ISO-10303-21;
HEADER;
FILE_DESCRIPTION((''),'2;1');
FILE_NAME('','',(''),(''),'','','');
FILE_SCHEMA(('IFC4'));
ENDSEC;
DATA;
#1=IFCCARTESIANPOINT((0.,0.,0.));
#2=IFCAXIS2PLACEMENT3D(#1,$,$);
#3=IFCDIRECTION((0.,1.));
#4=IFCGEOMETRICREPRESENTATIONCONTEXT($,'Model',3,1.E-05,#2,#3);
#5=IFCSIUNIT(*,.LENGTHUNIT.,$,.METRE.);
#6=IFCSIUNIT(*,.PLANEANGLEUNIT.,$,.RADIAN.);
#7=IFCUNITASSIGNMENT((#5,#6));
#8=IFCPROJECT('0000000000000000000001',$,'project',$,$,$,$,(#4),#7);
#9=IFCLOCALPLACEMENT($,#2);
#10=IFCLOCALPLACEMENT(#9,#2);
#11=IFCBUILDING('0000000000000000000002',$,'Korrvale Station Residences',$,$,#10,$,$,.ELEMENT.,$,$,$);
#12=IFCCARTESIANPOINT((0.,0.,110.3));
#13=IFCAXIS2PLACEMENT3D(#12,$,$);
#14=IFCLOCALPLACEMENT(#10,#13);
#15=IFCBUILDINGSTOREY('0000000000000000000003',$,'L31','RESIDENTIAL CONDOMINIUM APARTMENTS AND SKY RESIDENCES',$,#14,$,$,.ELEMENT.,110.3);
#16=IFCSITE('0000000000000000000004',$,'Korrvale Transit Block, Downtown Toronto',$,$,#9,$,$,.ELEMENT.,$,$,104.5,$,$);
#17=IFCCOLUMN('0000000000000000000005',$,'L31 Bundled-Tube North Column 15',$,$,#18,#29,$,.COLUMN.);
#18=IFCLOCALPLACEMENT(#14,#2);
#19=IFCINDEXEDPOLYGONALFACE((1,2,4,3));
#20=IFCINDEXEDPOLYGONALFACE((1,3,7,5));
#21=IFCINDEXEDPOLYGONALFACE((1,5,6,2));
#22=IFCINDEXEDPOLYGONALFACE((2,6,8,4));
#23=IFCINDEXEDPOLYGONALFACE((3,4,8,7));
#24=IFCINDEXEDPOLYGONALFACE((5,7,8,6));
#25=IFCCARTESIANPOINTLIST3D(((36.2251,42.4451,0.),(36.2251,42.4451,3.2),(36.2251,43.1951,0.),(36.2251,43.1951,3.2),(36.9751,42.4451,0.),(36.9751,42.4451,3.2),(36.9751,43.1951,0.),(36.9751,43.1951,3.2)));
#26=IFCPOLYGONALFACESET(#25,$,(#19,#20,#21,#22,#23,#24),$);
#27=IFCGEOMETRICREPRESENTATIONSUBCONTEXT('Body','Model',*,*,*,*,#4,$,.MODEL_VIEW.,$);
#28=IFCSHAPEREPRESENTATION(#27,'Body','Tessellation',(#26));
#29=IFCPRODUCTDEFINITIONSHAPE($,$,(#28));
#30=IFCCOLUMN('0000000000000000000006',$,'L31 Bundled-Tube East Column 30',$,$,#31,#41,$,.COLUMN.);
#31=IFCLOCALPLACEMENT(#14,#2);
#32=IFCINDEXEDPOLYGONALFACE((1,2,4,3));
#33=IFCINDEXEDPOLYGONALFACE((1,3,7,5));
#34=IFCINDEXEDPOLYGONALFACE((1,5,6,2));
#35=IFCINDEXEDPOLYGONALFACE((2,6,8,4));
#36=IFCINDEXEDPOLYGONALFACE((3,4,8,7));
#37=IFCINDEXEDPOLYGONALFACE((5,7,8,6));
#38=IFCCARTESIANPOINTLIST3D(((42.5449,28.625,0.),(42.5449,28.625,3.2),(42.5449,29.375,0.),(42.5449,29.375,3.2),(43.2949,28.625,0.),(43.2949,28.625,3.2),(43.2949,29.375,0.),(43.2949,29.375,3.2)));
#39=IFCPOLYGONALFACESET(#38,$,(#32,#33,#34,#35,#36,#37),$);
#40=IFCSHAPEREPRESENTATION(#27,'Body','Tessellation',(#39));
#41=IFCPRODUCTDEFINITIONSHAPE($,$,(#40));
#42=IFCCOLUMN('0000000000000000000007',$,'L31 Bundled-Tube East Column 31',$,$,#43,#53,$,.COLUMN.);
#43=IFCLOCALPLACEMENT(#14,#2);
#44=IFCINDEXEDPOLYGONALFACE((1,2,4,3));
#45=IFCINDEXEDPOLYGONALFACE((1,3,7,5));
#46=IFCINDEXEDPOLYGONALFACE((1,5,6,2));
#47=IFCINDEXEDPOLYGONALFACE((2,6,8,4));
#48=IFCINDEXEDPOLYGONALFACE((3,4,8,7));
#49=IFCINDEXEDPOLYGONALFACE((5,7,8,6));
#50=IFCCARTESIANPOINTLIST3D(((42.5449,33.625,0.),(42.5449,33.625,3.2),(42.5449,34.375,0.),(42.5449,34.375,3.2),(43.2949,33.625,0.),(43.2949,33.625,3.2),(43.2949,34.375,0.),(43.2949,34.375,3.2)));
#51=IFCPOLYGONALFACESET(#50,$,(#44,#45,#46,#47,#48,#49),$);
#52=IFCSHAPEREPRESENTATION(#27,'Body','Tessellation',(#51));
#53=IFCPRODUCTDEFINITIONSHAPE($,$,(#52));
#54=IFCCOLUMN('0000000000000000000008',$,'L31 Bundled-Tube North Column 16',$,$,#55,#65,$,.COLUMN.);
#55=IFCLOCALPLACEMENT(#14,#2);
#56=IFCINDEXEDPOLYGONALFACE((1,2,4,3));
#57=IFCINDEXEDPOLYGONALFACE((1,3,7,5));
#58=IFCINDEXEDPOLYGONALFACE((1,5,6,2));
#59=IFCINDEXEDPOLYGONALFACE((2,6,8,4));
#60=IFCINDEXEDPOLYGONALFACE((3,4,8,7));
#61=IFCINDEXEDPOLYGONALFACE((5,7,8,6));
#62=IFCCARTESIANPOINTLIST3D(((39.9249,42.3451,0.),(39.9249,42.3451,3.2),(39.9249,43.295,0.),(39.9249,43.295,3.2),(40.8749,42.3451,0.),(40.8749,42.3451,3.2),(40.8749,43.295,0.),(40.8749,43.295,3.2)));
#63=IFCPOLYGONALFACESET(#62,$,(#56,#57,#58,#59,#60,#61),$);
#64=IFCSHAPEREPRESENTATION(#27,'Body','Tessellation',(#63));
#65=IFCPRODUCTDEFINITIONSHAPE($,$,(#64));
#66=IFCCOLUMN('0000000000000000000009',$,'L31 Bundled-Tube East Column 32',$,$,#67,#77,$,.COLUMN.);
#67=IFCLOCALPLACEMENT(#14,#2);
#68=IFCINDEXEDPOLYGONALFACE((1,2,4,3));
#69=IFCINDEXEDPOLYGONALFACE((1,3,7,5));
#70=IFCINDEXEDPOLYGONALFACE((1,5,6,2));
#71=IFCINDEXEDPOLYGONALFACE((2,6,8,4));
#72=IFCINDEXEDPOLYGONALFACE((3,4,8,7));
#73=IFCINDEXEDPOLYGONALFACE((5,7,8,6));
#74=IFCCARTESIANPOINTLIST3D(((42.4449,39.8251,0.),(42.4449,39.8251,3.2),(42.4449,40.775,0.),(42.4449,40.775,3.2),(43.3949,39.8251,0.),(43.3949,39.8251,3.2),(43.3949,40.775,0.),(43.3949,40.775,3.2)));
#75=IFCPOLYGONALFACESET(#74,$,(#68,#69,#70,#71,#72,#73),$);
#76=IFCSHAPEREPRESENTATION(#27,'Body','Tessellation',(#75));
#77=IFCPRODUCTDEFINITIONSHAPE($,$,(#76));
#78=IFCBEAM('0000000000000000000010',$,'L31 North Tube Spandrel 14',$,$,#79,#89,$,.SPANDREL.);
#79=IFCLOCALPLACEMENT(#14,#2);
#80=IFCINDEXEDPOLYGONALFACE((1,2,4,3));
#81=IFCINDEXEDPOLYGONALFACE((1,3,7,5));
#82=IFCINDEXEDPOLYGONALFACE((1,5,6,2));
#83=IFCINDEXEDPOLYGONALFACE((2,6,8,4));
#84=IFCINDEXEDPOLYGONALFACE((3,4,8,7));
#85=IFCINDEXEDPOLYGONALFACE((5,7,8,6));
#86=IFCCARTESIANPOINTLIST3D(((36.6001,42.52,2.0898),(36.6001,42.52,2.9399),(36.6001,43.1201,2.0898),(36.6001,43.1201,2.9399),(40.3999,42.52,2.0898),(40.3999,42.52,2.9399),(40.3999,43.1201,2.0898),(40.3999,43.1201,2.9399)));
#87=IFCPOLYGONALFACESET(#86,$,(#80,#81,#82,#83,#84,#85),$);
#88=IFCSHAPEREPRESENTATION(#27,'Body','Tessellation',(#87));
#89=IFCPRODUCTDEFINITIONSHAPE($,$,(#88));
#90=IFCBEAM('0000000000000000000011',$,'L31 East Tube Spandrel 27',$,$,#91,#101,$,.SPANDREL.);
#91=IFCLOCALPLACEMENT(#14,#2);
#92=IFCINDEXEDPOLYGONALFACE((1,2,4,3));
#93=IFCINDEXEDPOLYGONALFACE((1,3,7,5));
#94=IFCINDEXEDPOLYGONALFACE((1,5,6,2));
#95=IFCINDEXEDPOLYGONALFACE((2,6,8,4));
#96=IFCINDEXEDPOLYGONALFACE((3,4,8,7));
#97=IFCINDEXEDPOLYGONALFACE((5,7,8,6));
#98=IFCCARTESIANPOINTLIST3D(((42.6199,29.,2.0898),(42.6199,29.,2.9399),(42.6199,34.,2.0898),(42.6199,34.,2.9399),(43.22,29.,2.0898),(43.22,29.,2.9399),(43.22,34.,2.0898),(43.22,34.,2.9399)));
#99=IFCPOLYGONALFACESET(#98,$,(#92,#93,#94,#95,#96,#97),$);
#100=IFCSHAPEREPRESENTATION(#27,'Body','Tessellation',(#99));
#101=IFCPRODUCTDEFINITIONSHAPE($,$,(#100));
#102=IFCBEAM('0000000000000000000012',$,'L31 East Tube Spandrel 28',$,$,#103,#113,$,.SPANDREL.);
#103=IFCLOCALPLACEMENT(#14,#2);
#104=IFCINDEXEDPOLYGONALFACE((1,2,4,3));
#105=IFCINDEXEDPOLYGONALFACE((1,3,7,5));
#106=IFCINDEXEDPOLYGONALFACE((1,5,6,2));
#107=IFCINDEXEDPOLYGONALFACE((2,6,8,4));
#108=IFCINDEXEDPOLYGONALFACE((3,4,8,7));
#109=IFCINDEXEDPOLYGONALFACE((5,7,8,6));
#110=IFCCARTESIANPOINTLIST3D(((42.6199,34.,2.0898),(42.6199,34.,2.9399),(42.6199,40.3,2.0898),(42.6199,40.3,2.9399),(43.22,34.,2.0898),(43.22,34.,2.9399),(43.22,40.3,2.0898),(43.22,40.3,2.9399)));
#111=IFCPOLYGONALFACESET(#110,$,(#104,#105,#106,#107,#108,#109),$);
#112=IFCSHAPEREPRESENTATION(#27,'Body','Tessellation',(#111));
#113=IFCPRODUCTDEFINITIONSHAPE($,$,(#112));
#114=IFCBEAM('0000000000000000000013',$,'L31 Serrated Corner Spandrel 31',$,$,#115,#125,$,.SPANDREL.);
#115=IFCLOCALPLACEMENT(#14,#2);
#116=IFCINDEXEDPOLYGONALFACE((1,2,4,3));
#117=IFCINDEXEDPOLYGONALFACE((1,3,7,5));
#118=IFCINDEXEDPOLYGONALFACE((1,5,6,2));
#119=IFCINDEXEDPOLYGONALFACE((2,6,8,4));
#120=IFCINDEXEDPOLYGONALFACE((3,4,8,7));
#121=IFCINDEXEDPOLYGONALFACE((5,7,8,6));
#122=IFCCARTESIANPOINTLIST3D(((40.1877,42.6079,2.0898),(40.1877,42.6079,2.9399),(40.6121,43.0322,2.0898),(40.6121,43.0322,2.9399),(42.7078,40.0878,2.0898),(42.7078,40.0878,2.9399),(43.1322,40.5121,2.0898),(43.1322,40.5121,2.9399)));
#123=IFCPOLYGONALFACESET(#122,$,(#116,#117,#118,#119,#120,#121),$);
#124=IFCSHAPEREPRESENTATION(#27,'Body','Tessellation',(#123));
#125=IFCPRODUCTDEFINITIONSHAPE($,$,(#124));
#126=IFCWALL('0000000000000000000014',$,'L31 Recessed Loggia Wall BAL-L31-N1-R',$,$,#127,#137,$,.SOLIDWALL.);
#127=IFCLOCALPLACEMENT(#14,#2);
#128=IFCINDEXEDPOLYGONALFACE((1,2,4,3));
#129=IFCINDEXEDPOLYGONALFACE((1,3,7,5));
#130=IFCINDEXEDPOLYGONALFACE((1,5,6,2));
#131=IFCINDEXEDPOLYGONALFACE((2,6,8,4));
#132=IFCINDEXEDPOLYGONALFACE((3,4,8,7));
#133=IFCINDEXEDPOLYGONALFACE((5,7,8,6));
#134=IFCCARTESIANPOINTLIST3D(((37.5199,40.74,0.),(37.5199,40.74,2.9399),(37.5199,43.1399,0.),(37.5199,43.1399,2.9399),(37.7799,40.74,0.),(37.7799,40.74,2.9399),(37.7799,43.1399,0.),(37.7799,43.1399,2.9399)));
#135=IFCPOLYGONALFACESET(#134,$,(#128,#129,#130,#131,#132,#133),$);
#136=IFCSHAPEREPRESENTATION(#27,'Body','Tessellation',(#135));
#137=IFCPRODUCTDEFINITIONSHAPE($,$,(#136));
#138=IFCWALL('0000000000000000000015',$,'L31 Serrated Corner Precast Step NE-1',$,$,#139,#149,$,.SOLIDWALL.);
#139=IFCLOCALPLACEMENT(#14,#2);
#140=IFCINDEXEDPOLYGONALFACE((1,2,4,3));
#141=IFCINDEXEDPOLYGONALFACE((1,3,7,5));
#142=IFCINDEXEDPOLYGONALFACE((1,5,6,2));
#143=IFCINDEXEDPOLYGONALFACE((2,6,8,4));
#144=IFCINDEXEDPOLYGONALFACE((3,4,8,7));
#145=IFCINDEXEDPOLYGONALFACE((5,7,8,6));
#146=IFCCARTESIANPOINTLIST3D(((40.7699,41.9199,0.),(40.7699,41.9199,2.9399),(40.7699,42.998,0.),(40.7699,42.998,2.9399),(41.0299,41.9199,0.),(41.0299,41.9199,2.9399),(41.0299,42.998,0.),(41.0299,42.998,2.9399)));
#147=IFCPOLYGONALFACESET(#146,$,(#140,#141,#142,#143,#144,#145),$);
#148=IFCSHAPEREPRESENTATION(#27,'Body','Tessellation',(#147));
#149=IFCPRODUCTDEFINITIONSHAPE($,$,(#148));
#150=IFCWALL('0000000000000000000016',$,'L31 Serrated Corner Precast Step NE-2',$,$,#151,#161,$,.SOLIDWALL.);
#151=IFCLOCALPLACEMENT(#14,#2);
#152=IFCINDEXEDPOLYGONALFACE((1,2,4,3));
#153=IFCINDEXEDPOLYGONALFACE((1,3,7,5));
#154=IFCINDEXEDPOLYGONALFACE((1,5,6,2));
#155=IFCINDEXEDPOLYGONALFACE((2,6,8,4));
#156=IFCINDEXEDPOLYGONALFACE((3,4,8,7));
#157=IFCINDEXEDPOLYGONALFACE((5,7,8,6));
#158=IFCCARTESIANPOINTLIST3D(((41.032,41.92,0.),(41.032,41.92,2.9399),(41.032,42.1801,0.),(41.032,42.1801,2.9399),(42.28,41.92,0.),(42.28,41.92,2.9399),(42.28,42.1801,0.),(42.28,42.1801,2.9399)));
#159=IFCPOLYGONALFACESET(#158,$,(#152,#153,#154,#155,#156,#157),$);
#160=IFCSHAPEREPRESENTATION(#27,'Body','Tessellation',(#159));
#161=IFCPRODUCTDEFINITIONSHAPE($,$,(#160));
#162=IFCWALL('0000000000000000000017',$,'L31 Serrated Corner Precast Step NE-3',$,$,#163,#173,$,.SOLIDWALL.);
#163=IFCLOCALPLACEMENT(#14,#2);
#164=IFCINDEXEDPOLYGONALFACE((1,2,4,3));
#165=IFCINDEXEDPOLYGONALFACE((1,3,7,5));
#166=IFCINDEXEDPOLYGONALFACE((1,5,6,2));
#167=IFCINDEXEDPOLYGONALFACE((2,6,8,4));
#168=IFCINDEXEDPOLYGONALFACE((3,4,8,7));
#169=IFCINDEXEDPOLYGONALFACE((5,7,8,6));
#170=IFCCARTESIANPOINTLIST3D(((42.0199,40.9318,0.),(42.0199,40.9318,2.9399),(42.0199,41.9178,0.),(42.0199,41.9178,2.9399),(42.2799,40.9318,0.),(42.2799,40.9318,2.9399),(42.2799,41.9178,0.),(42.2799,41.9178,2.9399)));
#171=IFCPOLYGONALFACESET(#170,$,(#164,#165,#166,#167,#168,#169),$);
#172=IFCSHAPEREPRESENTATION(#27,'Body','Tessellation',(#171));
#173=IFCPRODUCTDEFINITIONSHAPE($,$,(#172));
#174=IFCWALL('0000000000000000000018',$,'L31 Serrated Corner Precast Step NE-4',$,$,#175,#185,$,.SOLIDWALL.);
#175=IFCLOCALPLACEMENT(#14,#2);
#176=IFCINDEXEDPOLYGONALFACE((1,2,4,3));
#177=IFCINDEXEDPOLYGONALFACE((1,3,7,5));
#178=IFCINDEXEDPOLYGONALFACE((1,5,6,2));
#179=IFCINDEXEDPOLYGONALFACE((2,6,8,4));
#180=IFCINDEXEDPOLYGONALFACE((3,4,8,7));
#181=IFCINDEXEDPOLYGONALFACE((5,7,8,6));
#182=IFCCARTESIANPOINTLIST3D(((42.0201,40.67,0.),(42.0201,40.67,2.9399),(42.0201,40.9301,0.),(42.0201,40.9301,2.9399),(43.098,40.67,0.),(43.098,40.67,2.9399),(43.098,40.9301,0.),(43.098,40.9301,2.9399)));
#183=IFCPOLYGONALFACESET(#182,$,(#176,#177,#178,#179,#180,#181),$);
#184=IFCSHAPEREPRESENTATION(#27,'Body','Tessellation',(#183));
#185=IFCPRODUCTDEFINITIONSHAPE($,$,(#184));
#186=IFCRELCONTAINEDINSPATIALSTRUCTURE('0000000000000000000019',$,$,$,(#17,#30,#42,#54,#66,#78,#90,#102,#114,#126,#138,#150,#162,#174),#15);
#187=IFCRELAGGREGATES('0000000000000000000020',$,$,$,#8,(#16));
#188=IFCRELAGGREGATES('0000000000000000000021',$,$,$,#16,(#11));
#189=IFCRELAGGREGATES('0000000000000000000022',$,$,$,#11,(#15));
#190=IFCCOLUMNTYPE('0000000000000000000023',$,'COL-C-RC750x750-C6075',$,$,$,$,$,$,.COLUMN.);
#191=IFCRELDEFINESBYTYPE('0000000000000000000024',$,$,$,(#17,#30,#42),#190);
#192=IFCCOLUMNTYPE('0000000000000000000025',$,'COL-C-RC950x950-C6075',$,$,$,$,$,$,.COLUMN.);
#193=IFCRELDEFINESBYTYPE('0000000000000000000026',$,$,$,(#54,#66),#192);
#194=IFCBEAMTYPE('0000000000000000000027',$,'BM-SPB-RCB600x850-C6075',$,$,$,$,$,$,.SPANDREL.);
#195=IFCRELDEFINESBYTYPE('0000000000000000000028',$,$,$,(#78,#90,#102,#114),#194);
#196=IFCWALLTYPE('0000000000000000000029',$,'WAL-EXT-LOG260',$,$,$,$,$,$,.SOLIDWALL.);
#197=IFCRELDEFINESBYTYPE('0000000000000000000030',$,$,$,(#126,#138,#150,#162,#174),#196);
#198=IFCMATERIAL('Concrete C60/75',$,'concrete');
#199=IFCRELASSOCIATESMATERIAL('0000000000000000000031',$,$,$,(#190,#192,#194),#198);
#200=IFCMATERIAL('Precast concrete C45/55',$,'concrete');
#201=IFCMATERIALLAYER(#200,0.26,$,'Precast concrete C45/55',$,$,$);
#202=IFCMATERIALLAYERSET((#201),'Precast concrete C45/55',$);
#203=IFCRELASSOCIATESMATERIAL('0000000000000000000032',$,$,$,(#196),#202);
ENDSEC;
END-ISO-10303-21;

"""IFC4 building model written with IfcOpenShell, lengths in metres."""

from ifc_helpers import new_model, si_unit, direction, frame, frame_2d, origin, origin_2d, place, context, subcontext, project, spatial, rectangle, extrude, material, layer, layer_set, material_profile, profile_set, type_object, element, save


model = new_model("IFC4")

# Units and contexts
model_context = context("Model", 3, precision=1e-05, world=origin(), true_north=direction((0.0, 1.0)))
body_context = subcontext(model_context, "Body", "Model", "MODEL_VIEW")
ifc_project = project(units=[si_unit("LENGTHUNIT", "METRE"), si_unit("PLANEANGLEUNIT", "RADIAN")], contexts=[model_context])

# Site, building, storey
site_placement = place(None, origin())
site = spatial("IfcSite", under=ifc_project, at=site_placement, Name="Korrvale Transit Block, Downtown Toronto", CompositionType="ELEMENT", RefElevation=104.5)
building_placement = place(site_placement, origin())
building = spatial("IfcBuilding", under=site, at=building_placement, Name="Korrvale Station Residences", CompositionType="ELEMENT")
storey_placement = place(building_placement, frame((0.0, 0.0, 110.3)))
storey = spatial("IfcBuildingStorey", under=building, at=storey_placement, Name="L31", Description="RESIDENTIAL CONDOMINIUM APARTMENTS AND SKY RESIDENCES", CompositionType="ELEMENT", Elevation=110.3)

# Columns
ifc_material_1 = material(Name="Concrete C60/75", Category="concrete")
ifc_material_profile_1 = material_profile(ifc_material_1, rectangle(XDim=0.75, YDim=0.75, at=origin_2d()), Name="RC750x750")
ifc_profile_set_1 = profile_set([ifc_material_profile_1], Name="Concrete C60/75")
column_type_1 = type_object("IfcColumnType", Name="COL-C-RC750x750-C6075", PredefinedType="COLUMN", material=ifc_profile_set_1)
for number, where, z_axis, x_axis, name in (
    (1, (36.6001, 42.8201, 0.0), (0.0, 0.0, 1.0), (1.0, 0.0, 0.0), "L31 Bundled-Tube North Column 15"),
    (2, (42.9199, 29.0, 0.0), (0.0, 0.0, 1.0), (1.0, 0.0, 0.0), "L31 Bundled-Tube East Column 30"),
    (3, (42.9199, 34.0, 0.0), (0.0, 0.0, 1.0), (1.0, 0.0, 0.0), "L31 Bundled-Tube East Column 31"),
):
    element("IfcColumn", number, at=place(storey_placement, frame(where, z_axis=z_axis, x_axis=x_axis)), inside=storey, type_object=column_type_1, Name=name, PredefinedType="COLUMN", context=body_context, shape_type="SweptSolid", body=[
        extrude(rectangle(XDim=0.75, YDim=0.75, at=origin_2d()), origin(), (0.0, 0.0, 1.0), 3.2),
    ])
ifc_material_profile_2 = material_profile(ifc_material_1, rectangle(XDim=0.95, YDim=0.95, at=origin_2d()), Name="RC950x950")
ifc_profile_set_2 = profile_set([ifc_material_profile_2], Name="Concrete C60/75")
column_type_2 = type_object("IfcColumnType", Name="COL-C-RC950x950-C6075", PredefinedType="COLUMN", material=ifc_profile_set_2)
for number, where, z_axis, x_axis, name in (
    (4, (40.3999, 42.8201, 0.0), (0.0, 0.0, 1.0), (1.0, 0.0, 0.0), "L31 Bundled-Tube North Column 16"),
    (5, (42.9199, 40.3, 0.0), (0.0, 0.0, 1.0), (1.0, 0.0, 0.0), "L31 Bundled-Tube East Column 32"),
):
    element("IfcColumn", number, at=place(storey_placement, frame(where, z_axis=z_axis, x_axis=x_axis)), inside=storey, type_object=column_type_2, Name=name, PredefinedType="COLUMN", context=body_context, shape_type="SweptSolid", body=[
        extrude(rectangle(XDim=0.95, YDim=0.95, at=origin_2d()), origin(), (0.0, 0.0, 1.0), 3.2),
    ])

# Beams
ifc_material_profile_3 = material_profile(ifc_material_1, rectangle(XDim=0.6001, YDim=0.8501, at=origin_2d()), Name="RCB600x850")
ifc_profile_set_3 = profile_set([ifc_material_profile_3], Name="Concrete C60/75")
beam_type = type_object("IfcBeamType", Name="BM-SPB-RCB600x850-C6075", PredefinedType="SPANDREL", material=ifc_profile_set_3)
beam_1_placement = place(storey_placement, frame((36.6001, 42.8201, 2.5149), z_axis=(1.0, 0.0, 0.0), x_axis=(0.0, 1.0, 0.0)))
element("IfcBeam", 6, at=beam_1_placement, inside=storey, type_object=beam_type, Name="L31 North Tube Spandrel 14", PredefinedType="SPANDREL", context=body_context, shape_type="SweptSolid", body=[
    extrude(rectangle(XDim=0.6001, YDim=0.8501, at=origin_2d()), origin(), (0.0, 0.0, 1.0), 3.7998),
])
beam_2_placement = place(storey_placement, frame((42.9199, 29.0, 2.5149), z_axis=(0.0, 1.0, 0.0), x_axis=(-1.0, 0.0, 0.0)))
element("IfcBeam", 7, at=beam_2_placement, inside=storey, type_object=beam_type, Name="L31 East Tube Spandrel 27", PredefinedType="SPANDREL", context=body_context, shape_type="SweptSolid", body=[
    extrude(rectangle(XDim=0.6001, YDim=0.8501, at=origin_2d()), origin(), (0.0, 0.0, 1.0), 5.0),
])
beam_3_placement = place(storey_placement, frame((42.9199, 34.0, 2.5149), z_axis=(0.0, 1.0, 0.0), x_axis=(-1.0, 0.0, 0.0)))
element("IfcBeam", 8, at=beam_3_placement, inside=storey, type_object=beam_type, Name="L31 East Tube Spandrel 28", PredefinedType="SPANDREL", context=body_context, shape_type="SweptSolid", body=[
    extrude(rectangle(XDim=0.6001, YDim=0.8501, at=origin_2d()), origin(), (0.0, 0.0, 1.0), 6.3),
])
beam_4_placement = place(storey_placement, frame((40.3999, 42.8201, 2.5149), z_axis=(0.707107, -0.707107, 0.0), x_axis=(0.707107, 0.707107, 0.0)))
element("IfcBeam", 9, at=beam_4_placement, inside=storey, type_object=beam_type, Name="L31 Serrated Corner Spandrel 31", PredefinedType="SPANDREL", context=body_context, shape_type="SweptSolid", body=[
    extrude(rectangle(XDim=0.6001, YDim=0.8501, at=origin_2d()), origin(), (0.0, 0.0, 1.0), 3.564),
])

# Walls
ifc_material_2 = material(Name="Precast concrete C45/55", Category="concrete")
ifc_layer_1 = layer(ifc_material_2, 0.26, Name="Precast concrete C45/55")
ifc_layer_set_1 = layer_set([ifc_layer_1], Name="Precast concrete C45/55")
wall_type_1 = type_object("IfcWallType", Name="WAL-EXT-LOG260", PredefinedType="SOLIDWALL", material=ifc_layer_set_1)
wall_1_placement = place(storey_placement, frame((37.6499, 40.74, 0.0), z_axis=(0.0, 0.0, 1.0), x_axis=(0.0, 1.0, 0.0)))
element("IfcWall", 10, at=wall_1_placement, inside=storey, type_object=wall_type_1, Name="L31 Recessed Loggia Wall BAL-L31-N1-R", PredefinedType="SOLIDWALL", context=body_context, shape_type="SweptSolid", body=[
    extrude(rectangle(XDim=2.3999, YDim=0.26, at=frame_2d((1.2, 0.0))), origin(), (0.0, 0.0, 1.0), 2.9399),
])
wall_2_placement = place(storey_placement, frame((40.8999, 42.998, 0.0), z_axis=(0.0, 0.0, 1.0), x_axis=(0.0, -1.0, 0.0)))
element("IfcWall", 11, at=wall_2_placement, inside=storey, type_object=wall_type_1, Name="L31 Serrated Corner Precast Step NE-1", PredefinedType="SOLIDWALL", context=body_context, shape_type="SweptSolid", body=[
    extrude(rectangle(XDim=1.0781, YDim=0.26, at=frame_2d((0.5391, 0.0))), origin(), (0.0, 0.0, 1.0), 2.9399),
])
wall_3_placement = place(storey_placement, frame((41.032, 42.05, 0.0), z_axis=(0.0, 0.0, 1.0), x_axis=(1.0, 0.0, 0.0)))
element("IfcWall", 12, at=wall_3_placement, inside=storey, type_object=wall_type_1, Name="L31 Serrated Corner Precast Step NE-2", PredefinedType="SOLIDWALL", context=body_context, shape_type="SweptSolid", body=[
    extrude(rectangle(XDim=1.248, YDim=0.26, at=frame_2d((0.624, 0.0))), origin(), (0.0, 0.0, 1.0), 2.9399),
])
wall_4_placement = place(storey_placement, frame((42.1499, 41.918, 0.0), z_axis=(0.0, 0.0, 1.0), x_axis=(0.0, -1.0, 0.0)))
element("IfcWall", 13, at=wall_4_placement, inside=storey, type_object=wall_type_1, Name="L31 Serrated Corner Precast Step NE-3", PredefinedType="SOLIDWALL", context=body_context, shape_type="SweptSolid", body=[
    extrude(rectangle(XDim=0.9861, YDim=0.26, at=frame_2d((0.4932, 0.0))), origin(), (0.0, 0.0, 1.0), 2.9399),
])
wall_5_placement = place(storey_placement, frame((42.02, 40.8, 0.0), z_axis=(0.0, 0.0, 1.0), x_axis=(1.0, 0.0, 0.0)))
element("IfcWall", 14, at=wall_5_placement, inside=storey, type_object=wall_type_1, Name="L31 Serrated Corner Precast Step NE-4", PredefinedType="SOLIDWALL", context=body_context, shape_type="SweptSolid", body=[
    extrude(rectangle(XDim=1.0779, YDim=0.26, at=frame_2d((0.5391, 0.0))), origin(), (0.0, 0.0, 1.0), 2.9399),
])

save(model, "model.ifc")
